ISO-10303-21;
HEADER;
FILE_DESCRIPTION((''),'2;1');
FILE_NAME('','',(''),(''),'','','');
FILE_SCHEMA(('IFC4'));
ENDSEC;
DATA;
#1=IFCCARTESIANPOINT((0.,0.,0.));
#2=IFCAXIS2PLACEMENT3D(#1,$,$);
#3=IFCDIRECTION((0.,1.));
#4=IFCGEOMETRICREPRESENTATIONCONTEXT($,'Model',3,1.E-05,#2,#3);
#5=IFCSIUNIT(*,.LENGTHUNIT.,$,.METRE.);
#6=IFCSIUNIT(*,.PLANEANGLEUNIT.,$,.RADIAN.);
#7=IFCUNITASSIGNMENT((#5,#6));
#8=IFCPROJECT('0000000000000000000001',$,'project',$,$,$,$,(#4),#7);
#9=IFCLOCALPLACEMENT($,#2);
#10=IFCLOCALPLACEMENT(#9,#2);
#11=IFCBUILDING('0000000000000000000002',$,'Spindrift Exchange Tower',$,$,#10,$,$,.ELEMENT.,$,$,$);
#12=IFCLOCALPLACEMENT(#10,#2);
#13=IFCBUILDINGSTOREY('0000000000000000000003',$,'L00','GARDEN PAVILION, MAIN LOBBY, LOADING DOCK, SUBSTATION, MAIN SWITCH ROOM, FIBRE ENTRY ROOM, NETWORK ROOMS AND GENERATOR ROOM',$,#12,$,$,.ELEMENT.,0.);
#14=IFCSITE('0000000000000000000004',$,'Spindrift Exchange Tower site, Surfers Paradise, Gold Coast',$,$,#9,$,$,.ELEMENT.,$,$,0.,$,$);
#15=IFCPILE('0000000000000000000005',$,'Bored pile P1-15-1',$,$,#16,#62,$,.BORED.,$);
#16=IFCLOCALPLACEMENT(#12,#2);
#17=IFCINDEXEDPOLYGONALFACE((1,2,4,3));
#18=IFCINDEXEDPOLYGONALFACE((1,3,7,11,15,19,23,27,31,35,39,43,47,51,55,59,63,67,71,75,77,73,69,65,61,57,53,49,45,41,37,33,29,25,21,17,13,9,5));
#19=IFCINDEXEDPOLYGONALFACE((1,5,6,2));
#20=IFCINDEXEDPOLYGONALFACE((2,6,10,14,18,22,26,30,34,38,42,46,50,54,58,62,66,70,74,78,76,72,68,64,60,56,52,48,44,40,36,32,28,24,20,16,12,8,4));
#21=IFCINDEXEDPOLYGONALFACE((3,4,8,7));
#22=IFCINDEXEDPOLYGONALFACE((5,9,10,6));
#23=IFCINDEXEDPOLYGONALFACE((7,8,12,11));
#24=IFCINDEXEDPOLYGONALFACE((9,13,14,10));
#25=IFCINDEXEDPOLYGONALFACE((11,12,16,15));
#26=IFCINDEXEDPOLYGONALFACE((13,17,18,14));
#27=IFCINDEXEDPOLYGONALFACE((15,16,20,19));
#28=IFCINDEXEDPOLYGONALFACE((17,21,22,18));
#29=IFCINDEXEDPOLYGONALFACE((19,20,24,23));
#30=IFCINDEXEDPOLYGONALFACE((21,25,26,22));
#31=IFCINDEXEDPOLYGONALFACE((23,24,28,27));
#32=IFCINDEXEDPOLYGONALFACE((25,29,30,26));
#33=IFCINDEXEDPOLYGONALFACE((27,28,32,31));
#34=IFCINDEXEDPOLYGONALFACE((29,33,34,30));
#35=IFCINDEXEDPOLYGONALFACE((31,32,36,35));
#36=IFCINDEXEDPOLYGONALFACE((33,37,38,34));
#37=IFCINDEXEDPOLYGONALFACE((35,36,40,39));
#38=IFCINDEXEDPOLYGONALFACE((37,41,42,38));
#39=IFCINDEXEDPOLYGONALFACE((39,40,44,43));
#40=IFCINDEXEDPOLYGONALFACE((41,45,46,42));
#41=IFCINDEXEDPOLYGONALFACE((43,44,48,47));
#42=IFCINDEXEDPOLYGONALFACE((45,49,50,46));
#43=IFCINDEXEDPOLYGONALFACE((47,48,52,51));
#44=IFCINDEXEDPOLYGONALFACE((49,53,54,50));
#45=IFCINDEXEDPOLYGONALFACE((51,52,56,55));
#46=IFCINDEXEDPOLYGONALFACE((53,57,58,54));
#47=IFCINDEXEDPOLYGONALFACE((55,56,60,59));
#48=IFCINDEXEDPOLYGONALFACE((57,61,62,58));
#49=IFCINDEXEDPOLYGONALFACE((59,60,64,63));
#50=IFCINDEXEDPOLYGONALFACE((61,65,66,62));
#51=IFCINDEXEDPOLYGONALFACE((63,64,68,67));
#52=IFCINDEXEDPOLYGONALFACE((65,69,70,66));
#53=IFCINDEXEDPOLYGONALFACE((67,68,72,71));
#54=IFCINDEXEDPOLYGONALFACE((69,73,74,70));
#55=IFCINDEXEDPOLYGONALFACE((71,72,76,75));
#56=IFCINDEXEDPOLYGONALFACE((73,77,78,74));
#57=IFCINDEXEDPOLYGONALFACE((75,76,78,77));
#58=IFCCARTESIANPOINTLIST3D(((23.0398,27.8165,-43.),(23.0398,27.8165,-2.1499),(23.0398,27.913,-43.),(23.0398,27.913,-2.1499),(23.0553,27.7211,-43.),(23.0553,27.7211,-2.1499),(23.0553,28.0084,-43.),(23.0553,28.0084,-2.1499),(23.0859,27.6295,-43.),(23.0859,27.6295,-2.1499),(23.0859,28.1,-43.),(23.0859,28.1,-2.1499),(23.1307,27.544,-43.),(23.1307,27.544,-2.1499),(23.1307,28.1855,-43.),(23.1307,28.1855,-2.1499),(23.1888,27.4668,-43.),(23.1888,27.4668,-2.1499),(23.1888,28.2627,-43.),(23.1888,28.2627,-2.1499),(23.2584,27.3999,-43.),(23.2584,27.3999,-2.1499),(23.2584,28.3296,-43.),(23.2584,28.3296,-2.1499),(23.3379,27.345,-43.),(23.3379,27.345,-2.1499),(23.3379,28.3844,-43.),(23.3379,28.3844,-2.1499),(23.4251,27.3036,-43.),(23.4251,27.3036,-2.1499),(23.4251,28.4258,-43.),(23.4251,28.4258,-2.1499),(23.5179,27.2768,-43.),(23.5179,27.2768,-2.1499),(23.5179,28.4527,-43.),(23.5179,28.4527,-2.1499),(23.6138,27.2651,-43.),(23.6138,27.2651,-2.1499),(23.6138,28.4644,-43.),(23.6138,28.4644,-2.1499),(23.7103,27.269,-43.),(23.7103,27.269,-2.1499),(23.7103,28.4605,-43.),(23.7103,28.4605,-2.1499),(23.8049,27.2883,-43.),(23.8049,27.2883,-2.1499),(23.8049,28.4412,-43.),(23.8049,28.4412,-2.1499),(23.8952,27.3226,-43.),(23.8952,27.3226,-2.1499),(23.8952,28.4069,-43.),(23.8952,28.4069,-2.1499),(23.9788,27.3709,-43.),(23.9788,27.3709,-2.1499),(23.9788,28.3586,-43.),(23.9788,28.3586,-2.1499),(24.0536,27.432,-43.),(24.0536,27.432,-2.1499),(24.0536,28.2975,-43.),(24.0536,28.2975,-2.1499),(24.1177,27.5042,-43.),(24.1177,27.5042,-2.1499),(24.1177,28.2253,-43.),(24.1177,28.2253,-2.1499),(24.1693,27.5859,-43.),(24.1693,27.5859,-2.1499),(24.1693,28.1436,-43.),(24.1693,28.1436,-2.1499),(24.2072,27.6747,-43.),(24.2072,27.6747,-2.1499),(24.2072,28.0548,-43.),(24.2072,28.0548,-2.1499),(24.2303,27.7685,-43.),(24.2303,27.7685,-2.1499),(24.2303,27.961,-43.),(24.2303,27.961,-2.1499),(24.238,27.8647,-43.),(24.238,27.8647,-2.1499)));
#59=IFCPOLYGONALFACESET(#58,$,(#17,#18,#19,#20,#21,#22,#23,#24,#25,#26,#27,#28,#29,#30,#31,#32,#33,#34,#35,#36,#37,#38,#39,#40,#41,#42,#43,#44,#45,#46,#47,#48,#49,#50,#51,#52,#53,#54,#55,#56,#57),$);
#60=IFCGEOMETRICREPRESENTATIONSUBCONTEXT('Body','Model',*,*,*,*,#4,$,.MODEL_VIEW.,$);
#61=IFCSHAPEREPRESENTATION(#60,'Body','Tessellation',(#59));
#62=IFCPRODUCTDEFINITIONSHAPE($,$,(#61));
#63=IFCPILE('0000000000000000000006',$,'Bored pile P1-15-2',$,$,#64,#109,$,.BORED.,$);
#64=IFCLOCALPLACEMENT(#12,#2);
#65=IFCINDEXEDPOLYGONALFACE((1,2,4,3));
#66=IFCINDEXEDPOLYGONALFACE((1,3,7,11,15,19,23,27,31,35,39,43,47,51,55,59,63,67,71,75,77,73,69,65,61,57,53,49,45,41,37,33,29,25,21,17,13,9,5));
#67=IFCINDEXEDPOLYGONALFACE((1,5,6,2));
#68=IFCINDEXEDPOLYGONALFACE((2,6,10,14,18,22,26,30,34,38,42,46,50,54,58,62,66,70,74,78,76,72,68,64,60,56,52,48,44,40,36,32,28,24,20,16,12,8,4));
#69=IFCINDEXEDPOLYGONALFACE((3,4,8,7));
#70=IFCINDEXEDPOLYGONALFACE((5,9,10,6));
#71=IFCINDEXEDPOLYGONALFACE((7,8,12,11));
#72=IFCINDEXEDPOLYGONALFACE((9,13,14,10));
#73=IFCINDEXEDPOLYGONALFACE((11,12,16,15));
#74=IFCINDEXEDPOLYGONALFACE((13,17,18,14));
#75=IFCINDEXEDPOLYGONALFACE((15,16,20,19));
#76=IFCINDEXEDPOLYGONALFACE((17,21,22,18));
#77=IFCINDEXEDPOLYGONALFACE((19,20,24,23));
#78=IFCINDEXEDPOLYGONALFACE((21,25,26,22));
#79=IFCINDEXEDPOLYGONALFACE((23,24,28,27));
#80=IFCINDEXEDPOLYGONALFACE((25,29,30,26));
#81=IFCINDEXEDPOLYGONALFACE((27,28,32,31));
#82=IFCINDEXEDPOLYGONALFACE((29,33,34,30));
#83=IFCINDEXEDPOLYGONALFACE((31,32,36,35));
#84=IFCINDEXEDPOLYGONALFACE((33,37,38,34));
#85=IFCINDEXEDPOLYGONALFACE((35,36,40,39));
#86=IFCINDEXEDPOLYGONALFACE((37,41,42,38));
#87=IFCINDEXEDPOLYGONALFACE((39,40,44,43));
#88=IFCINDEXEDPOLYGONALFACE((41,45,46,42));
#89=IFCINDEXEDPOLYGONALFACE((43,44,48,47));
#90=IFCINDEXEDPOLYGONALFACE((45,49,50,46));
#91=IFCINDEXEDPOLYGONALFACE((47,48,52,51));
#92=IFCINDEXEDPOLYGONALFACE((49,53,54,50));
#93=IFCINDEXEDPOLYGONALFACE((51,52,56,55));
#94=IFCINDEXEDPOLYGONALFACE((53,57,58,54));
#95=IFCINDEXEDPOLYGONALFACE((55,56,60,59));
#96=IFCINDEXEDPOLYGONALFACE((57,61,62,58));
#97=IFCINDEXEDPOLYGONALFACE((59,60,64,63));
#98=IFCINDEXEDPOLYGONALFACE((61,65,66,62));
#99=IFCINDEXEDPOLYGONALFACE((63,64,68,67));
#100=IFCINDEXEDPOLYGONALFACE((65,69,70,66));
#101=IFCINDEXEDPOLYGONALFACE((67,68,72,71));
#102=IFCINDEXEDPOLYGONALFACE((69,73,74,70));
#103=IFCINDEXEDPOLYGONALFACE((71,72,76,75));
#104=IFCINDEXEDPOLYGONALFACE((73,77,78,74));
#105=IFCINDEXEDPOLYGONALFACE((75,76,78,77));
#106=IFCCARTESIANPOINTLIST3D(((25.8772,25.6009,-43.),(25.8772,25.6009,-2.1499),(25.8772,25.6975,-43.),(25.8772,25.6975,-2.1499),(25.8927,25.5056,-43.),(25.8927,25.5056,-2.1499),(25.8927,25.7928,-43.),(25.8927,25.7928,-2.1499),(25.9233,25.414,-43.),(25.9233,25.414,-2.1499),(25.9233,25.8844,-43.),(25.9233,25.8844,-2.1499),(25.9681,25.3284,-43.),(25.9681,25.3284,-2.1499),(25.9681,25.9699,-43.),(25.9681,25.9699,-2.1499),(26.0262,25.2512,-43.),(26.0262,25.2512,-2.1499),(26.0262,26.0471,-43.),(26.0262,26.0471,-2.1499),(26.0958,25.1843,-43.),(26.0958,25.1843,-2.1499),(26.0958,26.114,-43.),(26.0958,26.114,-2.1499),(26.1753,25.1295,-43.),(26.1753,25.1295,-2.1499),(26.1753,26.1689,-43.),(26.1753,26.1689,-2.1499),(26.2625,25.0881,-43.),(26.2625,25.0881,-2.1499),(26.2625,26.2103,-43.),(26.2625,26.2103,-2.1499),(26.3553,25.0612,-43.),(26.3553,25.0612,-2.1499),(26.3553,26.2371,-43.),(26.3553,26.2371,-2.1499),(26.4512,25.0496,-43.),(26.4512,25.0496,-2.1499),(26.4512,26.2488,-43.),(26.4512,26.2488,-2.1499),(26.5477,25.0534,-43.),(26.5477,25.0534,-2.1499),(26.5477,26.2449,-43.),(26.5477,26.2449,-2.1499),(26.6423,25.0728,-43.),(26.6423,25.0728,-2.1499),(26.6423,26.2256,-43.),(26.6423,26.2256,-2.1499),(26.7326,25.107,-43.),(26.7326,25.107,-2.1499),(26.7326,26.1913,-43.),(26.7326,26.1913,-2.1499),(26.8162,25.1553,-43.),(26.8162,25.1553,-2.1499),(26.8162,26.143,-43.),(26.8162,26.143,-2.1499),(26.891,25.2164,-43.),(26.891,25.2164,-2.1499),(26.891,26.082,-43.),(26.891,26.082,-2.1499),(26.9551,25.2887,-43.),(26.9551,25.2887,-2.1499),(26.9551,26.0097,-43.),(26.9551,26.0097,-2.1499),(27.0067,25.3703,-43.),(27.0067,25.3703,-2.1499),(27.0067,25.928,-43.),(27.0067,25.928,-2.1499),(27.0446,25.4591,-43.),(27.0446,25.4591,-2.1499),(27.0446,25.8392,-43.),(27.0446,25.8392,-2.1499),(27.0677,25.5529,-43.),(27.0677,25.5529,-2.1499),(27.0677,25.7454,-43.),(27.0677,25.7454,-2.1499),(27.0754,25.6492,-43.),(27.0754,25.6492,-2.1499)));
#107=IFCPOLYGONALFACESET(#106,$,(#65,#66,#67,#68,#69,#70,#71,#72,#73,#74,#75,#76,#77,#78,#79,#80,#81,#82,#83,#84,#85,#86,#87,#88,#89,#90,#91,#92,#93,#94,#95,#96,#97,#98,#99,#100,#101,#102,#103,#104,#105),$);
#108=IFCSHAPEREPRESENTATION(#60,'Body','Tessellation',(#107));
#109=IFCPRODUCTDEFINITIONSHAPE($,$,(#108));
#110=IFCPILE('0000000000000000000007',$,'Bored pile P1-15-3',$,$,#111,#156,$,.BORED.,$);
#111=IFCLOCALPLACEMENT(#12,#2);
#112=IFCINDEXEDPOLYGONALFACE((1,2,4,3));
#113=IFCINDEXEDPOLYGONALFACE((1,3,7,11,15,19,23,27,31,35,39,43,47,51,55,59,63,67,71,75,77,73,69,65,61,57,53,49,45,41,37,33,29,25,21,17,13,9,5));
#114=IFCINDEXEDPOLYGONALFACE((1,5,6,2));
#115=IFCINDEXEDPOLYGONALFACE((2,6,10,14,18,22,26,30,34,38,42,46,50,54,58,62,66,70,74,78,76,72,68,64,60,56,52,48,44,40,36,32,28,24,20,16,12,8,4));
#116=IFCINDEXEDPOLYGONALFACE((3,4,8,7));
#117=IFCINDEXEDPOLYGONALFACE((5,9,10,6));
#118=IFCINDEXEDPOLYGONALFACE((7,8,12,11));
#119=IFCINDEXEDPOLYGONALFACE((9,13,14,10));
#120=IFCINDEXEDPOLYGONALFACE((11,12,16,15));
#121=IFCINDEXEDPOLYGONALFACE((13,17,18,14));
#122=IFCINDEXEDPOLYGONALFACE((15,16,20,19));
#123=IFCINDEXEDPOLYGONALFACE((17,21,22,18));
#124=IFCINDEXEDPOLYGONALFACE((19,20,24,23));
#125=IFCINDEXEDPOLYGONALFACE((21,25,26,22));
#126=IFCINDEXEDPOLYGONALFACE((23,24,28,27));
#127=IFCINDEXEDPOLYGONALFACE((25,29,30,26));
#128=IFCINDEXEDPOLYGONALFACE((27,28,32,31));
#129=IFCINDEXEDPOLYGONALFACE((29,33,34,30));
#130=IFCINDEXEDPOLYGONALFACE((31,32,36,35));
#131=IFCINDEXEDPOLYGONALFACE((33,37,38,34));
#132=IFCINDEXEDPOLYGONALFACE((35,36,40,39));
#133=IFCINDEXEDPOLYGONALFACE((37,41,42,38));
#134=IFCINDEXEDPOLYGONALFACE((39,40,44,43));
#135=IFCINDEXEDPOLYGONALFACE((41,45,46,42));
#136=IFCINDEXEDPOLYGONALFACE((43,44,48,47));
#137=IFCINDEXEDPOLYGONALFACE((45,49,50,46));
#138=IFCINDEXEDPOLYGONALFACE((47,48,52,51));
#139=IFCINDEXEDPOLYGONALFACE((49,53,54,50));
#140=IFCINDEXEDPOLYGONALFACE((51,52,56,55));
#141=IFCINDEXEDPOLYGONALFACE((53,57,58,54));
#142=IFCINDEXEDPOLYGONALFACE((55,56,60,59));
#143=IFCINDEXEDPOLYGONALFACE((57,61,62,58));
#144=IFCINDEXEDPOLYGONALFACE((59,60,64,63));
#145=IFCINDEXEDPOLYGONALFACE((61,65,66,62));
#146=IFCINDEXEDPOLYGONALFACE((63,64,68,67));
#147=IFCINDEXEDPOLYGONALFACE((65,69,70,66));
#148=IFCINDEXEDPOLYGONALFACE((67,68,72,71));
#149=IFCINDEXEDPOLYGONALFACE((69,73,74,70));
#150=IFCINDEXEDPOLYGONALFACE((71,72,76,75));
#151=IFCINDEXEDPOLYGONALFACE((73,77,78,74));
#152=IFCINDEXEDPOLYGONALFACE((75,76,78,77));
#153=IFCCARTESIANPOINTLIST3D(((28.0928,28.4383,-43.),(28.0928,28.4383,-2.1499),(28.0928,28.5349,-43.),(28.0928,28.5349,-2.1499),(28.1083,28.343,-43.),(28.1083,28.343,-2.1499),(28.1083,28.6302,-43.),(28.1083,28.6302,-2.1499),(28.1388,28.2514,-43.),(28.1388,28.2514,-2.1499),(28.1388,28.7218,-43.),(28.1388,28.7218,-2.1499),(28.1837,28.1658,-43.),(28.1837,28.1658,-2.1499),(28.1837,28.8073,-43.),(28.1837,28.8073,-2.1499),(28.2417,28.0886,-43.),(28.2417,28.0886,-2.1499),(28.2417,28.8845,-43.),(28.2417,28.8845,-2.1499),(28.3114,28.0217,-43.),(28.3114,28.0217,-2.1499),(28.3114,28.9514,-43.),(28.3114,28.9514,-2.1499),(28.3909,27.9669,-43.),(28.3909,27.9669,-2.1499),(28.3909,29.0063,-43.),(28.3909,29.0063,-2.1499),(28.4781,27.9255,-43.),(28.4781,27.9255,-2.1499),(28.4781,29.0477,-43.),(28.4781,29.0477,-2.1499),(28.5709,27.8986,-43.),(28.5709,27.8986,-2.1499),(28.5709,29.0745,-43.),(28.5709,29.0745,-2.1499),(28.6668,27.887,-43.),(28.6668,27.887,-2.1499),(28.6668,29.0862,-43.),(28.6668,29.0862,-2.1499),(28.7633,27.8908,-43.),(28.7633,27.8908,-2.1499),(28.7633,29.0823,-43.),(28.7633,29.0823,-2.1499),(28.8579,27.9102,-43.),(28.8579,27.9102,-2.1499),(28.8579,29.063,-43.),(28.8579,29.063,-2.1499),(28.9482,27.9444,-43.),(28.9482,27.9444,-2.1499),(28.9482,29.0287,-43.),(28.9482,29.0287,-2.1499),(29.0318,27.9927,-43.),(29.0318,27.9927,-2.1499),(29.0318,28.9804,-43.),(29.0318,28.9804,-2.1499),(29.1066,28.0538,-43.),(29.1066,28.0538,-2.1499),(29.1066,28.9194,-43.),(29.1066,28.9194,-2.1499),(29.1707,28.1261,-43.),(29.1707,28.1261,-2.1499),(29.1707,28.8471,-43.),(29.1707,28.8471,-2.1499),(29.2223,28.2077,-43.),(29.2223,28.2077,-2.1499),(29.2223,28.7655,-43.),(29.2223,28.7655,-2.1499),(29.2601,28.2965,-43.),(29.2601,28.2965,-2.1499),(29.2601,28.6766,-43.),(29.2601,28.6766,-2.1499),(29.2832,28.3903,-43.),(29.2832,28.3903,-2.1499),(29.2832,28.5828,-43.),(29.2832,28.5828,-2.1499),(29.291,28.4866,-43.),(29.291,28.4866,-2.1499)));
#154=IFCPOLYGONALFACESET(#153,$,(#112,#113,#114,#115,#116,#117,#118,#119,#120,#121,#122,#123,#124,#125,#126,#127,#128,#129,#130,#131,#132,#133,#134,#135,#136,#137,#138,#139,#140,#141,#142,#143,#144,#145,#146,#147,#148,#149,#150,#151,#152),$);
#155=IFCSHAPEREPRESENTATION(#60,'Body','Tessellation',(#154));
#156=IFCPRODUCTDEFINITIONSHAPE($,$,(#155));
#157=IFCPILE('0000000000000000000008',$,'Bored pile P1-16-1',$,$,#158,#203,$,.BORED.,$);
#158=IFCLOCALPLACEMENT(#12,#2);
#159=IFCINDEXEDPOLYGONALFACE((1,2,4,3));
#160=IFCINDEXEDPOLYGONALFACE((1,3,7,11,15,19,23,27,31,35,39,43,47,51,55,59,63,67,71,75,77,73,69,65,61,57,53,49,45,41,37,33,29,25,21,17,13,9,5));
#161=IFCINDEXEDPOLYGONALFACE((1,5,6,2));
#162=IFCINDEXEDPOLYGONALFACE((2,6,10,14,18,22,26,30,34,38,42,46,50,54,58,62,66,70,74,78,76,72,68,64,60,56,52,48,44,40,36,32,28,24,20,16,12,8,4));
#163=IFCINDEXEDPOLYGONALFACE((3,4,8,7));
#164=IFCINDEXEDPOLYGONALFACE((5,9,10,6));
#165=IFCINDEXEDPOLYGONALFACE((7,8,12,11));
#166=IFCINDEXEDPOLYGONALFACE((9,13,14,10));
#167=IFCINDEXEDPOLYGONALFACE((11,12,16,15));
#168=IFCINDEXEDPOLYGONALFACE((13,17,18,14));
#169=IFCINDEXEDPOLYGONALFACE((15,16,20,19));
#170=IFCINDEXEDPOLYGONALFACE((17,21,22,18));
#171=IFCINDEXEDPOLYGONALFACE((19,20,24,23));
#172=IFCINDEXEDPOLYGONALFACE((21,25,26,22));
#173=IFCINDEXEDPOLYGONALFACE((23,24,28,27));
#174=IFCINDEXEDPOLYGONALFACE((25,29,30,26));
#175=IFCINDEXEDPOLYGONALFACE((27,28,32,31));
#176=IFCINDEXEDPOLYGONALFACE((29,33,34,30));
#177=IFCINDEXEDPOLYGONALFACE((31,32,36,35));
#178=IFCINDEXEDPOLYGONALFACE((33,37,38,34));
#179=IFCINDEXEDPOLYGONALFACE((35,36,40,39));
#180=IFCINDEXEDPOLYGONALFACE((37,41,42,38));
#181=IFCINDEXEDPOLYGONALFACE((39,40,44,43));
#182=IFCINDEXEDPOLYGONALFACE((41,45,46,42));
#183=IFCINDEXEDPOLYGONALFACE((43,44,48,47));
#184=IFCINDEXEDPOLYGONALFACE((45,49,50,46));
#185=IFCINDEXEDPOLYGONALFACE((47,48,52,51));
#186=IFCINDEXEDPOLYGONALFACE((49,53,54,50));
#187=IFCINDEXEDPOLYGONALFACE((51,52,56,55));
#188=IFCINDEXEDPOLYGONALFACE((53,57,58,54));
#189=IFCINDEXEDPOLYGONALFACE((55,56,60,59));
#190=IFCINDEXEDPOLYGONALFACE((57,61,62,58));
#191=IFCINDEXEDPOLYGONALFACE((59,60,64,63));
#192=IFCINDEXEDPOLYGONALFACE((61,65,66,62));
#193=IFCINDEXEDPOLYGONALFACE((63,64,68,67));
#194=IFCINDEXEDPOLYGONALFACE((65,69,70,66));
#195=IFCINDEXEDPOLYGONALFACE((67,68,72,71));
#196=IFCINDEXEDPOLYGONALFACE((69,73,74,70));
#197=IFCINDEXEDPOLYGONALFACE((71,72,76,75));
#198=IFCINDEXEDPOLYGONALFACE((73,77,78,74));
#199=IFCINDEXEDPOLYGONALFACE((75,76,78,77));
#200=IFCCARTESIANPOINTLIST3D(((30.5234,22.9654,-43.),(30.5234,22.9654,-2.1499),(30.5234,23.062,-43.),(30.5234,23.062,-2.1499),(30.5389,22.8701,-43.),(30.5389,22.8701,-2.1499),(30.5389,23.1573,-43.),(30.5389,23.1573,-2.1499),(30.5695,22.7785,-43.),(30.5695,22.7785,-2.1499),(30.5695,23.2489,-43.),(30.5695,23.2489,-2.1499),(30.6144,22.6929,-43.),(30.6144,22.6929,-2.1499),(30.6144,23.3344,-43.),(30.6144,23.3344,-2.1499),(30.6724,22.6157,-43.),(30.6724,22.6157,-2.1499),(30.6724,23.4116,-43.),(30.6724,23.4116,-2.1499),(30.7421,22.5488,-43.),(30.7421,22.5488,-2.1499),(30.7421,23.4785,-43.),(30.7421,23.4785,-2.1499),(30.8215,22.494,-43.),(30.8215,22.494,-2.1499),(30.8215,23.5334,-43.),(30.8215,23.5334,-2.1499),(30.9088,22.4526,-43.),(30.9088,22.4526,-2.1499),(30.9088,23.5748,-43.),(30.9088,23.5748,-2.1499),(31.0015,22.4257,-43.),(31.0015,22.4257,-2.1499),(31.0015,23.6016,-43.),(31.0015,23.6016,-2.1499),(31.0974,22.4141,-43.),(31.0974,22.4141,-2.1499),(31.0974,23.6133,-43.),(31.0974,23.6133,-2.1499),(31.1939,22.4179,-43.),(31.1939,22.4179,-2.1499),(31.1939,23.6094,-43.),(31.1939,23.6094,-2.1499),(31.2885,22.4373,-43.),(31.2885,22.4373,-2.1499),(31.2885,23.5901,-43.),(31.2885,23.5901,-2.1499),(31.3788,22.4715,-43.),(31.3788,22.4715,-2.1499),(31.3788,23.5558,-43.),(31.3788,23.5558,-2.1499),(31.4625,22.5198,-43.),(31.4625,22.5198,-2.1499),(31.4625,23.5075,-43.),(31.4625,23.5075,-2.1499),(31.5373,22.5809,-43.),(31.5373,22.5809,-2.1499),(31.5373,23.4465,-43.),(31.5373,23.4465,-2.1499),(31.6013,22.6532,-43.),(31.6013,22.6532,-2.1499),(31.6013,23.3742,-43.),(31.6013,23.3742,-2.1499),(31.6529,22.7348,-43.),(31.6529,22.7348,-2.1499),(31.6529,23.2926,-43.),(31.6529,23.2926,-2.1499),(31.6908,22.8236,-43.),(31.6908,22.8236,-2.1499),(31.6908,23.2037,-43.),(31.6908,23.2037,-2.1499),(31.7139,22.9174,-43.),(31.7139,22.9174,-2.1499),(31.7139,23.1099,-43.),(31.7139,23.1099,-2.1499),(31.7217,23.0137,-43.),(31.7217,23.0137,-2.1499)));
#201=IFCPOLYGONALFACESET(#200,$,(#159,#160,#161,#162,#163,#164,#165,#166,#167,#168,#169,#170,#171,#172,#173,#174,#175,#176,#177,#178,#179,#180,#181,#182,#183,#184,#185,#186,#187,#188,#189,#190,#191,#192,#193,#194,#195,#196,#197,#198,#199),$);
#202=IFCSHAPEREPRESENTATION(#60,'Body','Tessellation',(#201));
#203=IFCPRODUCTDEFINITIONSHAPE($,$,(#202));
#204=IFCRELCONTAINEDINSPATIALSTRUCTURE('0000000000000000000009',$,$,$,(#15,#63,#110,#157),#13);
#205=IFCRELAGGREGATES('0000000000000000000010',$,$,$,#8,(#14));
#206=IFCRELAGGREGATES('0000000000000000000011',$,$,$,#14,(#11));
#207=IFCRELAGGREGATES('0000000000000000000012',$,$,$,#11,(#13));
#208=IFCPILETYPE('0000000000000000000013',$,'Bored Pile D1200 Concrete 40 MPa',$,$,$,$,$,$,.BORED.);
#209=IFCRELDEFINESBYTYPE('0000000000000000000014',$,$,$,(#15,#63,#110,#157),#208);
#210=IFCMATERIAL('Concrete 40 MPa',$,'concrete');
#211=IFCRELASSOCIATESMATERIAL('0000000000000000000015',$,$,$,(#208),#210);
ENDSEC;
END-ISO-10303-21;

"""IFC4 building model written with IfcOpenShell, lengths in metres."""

from ifc_helpers import new_model, si_unit, direction, frame, origin, origin_2d, place, context, subcontext, project, spatial, circle, extrude, source, transform, mapped, material, material_profile, profile_set, type_object, element, save


model = new_model("IFC4")

# Units and contexts
model_context = context("Model", 3, precision=1e-05, world=origin(), true_north=direction((0.0, 1.0)))
body_context = subcontext(model_context, "Body", "Model", "MODEL_VIEW")
ifc_project = project(units=[si_unit("LENGTHUNIT", "METRE"), si_unit("PLANEANGLEUNIT", "RADIAN")], contexts=[model_context])

# Site, building, storey
site_placement = place(None, origin())
site = spatial("IfcSite", under=ifc_project, at=site_placement, Name="Spindrift Exchange Tower site, Surfers Paradise, Gold Coast", CompositionType="ELEMENT", RefElevation=0.0)
building_placement = place(site_placement, origin())
building = spatial("IfcBuilding", under=site, at=building_placement, Name="Spindrift Exchange Tower", CompositionType="ELEMENT")
storey_placement = place(building_placement, origin())
storey = spatial("IfcBuildingStorey", under=building, at=storey_placement, Name="L00", Description="GARDEN PAVILION, MAIN LOBBY, LOADING DOCK, SUBSTATION, MAIN SWITCH ROOM, FIBRE ENTRY ROOM, NETWORK ROOMS AND GENERATOR ROOM", CompositionType="ELEMENT", Elevation=0.0)

# Piles
ifc_material_1 = material(Name="Concrete 40 MPa", Category="concrete")
ifc_material_profile_1 = material_profile(ifc_material_1, circle(Radius=0.6001, at=origin_2d()), Name="BP D1200")
ifc_profile_set_1 = profile_set([ifc_material_profile_1], Name="Concrete 40 MPa")
pile_type = type_object("IfcPileType", Name="Bored Pile D1200 Concrete 40 MPa", PredefinedType="BORED", material=ifc_profile_set_1)
shared_shape_1 = source(origin(), body_context, "Body", "SweptSolid", [
    extrude(circle(Radius=0.6001, at=origin_2d()), origin(), (0.0, 0.0, 1.0), 40.8501),
])
for number, where, z_axis, x_axis, name in (
    (1, (23.6379, 27.8647, -2.1499), (0.0, 0.0, -1.0), (1.0, 0.0, 0.0), "Bored pile P1-15-1"),
    (2, (26.4753, 25.6492, -2.1499), (0.0, 0.0, -1.0), (1.0, 0.0, 0.0), "Bored pile P1-15-2"),
    (3, (28.6909, 28.4866, -2.1499), (0.0, 0.0, -1.0), (1.0, 0.0, 0.0), "Bored pile P1-15-3"),
    (4, (31.1216, 23.0137, -2.1499), (0.0, 0.0, -1.0), (1.0, 0.0, 0.0), "Bored pile P1-16-1"),
):
    element("IfcPile", number, at=place(storey_placement, frame(where, z_axis=z_axis, x_axis=x_axis)), inside=storey, type_object=pile_type, Name=name, PredefinedType="BORED", context=body_context, shape_type="MappedRepresentation", body=[
        mapped(shared_shape_1, transform((0.0, 0.0, 0.0), scale=1.0)),
    ])

save(model, "model.ifc")
